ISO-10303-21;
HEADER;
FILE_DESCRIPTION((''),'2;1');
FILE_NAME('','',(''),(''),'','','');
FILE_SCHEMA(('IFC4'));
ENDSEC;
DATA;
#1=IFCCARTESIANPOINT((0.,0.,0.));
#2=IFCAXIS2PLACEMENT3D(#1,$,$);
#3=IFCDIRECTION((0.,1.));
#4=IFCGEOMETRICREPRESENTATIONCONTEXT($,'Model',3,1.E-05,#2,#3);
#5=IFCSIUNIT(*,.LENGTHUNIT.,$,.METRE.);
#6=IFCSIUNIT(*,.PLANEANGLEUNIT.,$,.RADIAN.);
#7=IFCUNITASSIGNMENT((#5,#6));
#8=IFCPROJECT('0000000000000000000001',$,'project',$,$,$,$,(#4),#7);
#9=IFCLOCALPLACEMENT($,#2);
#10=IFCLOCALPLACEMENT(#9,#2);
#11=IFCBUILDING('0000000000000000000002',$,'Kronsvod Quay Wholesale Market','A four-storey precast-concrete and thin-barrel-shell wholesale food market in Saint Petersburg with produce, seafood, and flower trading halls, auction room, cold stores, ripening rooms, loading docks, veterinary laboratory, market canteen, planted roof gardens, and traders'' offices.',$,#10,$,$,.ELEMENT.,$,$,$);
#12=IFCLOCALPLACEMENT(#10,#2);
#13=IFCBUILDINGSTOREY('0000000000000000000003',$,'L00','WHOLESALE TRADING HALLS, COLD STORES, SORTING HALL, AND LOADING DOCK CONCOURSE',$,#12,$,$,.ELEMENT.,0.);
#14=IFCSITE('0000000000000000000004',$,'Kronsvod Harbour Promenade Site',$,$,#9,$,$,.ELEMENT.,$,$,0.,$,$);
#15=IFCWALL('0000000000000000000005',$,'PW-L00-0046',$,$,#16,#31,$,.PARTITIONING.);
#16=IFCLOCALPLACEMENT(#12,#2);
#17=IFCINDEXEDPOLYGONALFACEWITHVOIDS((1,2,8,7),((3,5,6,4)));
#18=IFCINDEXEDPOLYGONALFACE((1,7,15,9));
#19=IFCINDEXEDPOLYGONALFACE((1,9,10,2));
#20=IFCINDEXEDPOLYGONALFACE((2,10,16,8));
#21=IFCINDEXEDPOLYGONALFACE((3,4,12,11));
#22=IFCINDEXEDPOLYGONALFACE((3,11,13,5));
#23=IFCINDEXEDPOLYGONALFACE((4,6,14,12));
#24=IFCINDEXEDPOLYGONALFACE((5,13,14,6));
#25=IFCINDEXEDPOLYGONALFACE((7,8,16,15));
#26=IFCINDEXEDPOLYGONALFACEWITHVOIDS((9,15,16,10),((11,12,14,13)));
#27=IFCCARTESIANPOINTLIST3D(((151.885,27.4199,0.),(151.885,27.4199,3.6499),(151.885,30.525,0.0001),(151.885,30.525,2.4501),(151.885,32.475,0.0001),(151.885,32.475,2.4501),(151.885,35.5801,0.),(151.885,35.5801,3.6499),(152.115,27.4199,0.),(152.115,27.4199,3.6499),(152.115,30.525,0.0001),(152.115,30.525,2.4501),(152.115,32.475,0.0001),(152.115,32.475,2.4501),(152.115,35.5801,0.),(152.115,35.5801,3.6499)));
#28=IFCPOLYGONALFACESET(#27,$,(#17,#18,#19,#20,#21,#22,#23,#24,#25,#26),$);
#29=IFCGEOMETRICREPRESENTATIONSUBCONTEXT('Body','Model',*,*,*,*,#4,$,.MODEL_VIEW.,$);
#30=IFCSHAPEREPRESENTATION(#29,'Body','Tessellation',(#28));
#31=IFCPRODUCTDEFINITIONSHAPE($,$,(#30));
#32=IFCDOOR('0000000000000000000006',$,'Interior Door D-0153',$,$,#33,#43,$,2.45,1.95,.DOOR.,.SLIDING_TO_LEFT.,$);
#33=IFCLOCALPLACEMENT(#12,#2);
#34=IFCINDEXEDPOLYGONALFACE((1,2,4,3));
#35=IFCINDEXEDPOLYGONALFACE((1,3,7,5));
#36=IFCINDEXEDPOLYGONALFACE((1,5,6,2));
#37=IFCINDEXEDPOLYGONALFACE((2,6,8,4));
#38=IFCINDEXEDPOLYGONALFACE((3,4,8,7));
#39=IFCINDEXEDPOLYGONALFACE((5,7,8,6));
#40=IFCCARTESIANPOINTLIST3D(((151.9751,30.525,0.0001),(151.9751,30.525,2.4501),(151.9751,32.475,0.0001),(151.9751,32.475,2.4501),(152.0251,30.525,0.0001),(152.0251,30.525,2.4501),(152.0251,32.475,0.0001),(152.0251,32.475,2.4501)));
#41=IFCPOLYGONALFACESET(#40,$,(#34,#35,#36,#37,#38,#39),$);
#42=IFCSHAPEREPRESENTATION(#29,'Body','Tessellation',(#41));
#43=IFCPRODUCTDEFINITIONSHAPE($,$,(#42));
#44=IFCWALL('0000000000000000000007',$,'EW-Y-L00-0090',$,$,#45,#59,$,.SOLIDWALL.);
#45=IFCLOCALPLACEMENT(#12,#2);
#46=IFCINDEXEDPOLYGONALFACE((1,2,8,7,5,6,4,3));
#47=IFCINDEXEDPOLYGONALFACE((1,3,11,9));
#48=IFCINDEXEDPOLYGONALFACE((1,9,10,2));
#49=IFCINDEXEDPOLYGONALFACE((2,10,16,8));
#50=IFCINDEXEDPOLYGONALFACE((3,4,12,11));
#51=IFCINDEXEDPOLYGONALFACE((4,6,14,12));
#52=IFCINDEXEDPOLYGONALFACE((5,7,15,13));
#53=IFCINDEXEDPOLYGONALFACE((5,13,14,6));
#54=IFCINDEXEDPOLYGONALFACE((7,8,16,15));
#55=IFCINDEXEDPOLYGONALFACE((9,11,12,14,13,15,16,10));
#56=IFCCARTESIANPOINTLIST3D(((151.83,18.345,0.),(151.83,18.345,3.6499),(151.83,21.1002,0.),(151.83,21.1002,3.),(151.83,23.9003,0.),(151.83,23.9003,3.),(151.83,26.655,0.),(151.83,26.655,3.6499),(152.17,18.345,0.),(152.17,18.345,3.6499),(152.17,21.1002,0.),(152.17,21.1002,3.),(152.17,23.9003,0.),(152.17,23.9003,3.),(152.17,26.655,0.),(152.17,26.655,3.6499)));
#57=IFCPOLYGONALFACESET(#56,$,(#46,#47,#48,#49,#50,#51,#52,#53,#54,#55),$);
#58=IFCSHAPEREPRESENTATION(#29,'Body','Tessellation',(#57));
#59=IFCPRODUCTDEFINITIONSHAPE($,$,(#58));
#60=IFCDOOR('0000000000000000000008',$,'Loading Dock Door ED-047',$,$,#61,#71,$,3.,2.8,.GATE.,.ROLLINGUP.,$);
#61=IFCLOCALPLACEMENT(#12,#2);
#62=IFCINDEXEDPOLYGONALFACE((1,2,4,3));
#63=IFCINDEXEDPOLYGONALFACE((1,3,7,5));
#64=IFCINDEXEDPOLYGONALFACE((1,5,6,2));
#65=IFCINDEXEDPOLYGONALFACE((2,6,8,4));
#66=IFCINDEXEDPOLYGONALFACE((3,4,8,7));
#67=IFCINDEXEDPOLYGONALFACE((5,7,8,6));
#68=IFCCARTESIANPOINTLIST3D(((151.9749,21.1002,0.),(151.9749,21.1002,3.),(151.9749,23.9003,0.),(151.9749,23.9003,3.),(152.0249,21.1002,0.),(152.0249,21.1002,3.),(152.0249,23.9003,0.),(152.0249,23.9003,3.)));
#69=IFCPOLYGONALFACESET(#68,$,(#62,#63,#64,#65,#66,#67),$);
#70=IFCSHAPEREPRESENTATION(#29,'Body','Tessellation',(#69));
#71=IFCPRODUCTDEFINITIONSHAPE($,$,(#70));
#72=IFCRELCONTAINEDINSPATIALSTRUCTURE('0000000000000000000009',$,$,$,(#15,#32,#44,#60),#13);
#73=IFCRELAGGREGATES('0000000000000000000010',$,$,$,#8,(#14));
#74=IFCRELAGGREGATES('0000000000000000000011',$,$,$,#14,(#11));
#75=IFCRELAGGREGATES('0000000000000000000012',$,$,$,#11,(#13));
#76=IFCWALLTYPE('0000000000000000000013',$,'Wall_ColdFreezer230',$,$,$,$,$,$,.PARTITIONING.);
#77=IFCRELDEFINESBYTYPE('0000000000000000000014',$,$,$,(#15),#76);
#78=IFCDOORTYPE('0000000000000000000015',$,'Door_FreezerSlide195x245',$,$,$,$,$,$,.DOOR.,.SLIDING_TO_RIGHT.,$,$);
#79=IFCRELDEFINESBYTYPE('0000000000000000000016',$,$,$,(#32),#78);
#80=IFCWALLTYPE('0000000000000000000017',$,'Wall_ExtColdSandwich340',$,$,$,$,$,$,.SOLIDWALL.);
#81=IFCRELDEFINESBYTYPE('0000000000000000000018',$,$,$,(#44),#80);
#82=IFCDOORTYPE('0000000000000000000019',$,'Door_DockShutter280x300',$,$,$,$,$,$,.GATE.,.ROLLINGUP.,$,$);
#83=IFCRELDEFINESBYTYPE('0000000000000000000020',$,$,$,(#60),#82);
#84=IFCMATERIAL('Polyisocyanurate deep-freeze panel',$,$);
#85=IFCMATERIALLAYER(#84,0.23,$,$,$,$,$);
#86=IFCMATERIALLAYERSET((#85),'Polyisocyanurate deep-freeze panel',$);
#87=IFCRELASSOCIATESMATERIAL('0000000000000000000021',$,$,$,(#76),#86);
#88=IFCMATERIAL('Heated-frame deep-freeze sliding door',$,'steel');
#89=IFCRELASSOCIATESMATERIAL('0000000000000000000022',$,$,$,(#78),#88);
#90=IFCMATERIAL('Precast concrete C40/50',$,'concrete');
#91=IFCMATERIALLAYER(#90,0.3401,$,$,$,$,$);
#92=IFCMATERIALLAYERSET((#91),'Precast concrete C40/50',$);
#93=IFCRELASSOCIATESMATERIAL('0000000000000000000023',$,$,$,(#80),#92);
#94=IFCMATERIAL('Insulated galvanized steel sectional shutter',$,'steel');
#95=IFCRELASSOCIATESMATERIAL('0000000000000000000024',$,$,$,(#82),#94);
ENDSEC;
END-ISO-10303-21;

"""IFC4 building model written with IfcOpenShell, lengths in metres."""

from ifc_helpers import new_model, si_unit, direction, frame, frame_2d, origin, place, context, subcontext, project, spatial, rectangle, extrude, material, layer, layer_set, type_object, element, fill, save


model = new_model("IFC4")

# Units and contexts
model_context = context("Model", 3, precision=1e-05, world=origin(), true_north=direction((0.0, 1.0)))
body_context = subcontext(model_context, "Body", "Model", "MODEL_VIEW")
ifc_project = project(units=[si_unit("LENGTHUNIT", "METRE"), si_unit("PLANEANGLEUNIT", "RADIAN")], contexts=[model_context])

# Site, building, storey
site_placement = place(None, origin())
site = spatial("IfcSite", under=ifc_project, at=site_placement, Name="Kronsvod Harbour Promenade Site", CompositionType="ELEMENT", RefElevation=0.0)
building_placement = place(site_placement, origin())
building = spatial("IfcBuilding", under=site, at=building_placement, Name="Kronsvod Quay Wholesale Market", Description="A four-storey precast-concrete and thin-barrel-shell wholesale food market in Saint Petersburg with produce, seafood, and flower trading halls, auction room, cold stores, ripening rooms, loading docks, veterinary laboratory, market canteen, planted roof gardens, and traders' offices.", CompositionType="ELEMENT")
storey_placement = place(building_placement, origin())
storey = spatial("IfcBuildingStorey", under=building, at=storey_placement, Name="L00", Description="WHOLESALE TRADING HALLS, COLD STORES, SORTING HALL, AND LOADING DOCK CONCOURSE", CompositionType="ELEMENT", Elevation=0.0)

# Walls, openings, doors
ifc_material_1 = material(Name="Polyisocyanurate deep-freeze panel")
ifc_layer_1 = layer(ifc_material_1, 0.23)
ifc_layer_set_1 = layer_set([ifc_layer_1], Name="Polyisocyanurate deep-freeze panel")
wall_type_1 = type_object("IfcWallType", Name="Wall_ColdFreezer230", PredefinedType="PARTITIONING", material=ifc_layer_set_1)
wall_1_placement = place(storey_placement, frame((152.0, 27.4199, 0.0), z_axis=(0.0, 0.0, 1.0), x_axis=(0.0, 1.0, 0.0)))
wall_1 = element("IfcWall", 1, at=wall_1_placement, inside=storey, type_object=wall_type_1, Name="PW-L00-0046", PredefinedType="PARTITIONING", context=body_context, shape_type="SweptSolid", body=[
    extrude(rectangle(XDim=8.1602, YDim=0.23, at=frame_2d((4.0801, 0.0))), origin(), (0.0, 0.0, 1.0), 3.6499),
])
opening_1_placement = place(wall_1_placement, frame((3.105, 0.0, 0.0)))
opening_1 = element("IfcOpeningElement", 2, at=opening_1_placement, cuts=wall_1, PredefinedType="OPENING", context=body_context, shape_type="SweptSolid", body=[
    extrude(rectangle(XDim=1.95, YDim=2.45, at=frame_2d((0.9751, 1.2251))), frame((0.0, 0.125, 0.0), z_axis=(0.0, -1.0, 0.0), x_axis=(1.0, 0.0, 0.0)), (0.0, 0.0, 1.0), 0.25),
])
ifc_material_2 = material(Name="Heated-frame deep-freeze sliding door", Category="steel")
door_type_1 = type_object("IfcDoorType", Name="Door_FreezerSlide195x245", OperationType="SLIDING_TO_RIGHT", PredefinedType="DOOR", material=ifc_material_2)
door_1_placement = place(opening_1_placement, origin())
door_1 = element("IfcDoor", 3, at=door_1_placement, inside=storey, type_object=door_type_1, Name="Interior Door D-0153", OperationType="SLIDING_TO_LEFT", OverallHeight=2.45, OverallWidth=1.95, PredefinedType="DOOR", context=body_context, shape_type="SweptSolid", body=[
    extrude(rectangle(XDim=1.95, YDim=2.45, at=frame_2d((0.9751, 1.2251))), frame((0.0, 0.0249, 0.0), z_axis=(0.0, -1.0, 0.0), x_axis=(1.0, 0.0, 0.0)), (0.0, 0.0, 1.0), 0.05),
])
fill(opening_1, door_1)
ifc_material_3 = material(Name="Precast concrete C40/50", Category="concrete")
ifc_layer_2 = layer(ifc_material_3, 0.3401)
ifc_layer_set_2 = layer_set([ifc_layer_2], Name="Precast concrete C40/50")
wall_type_2 = type_object("IfcWallType", Name="Wall_ExtColdSandwich340", PredefinedType="SOLIDWALL", material=ifc_layer_set_2)
wall_2_placement = place(storey_placement, frame((152.0, 26.655, 0.0), z_axis=(0.0, 0.0, 1.0), x_axis=(0.0, -1.0, 0.0)))
wall_2 = element("IfcWall", 4, at=wall_2_placement, inside=storey, type_object=wall_type_2, Name="EW-Y-L00-0090", PredefinedType="SOLIDWALL", context=body_context, shape_type="SweptSolid", body=[
    extrude(rectangle(XDim=8.3101, YDim=0.3401, at=frame_2d((4.155, 0.0))), origin(), (0.0, 0.0, 1.0), 3.6499),
])
opening_2_placement = place(wall_2_placement, frame((2.7549, 0.0, 0.0)))
opening_2 = element("IfcOpeningElement", 5, at=opening_2_placement, cuts=wall_2, PredefinedType="OPENING", context=body_context, shape_type="SweptSolid", body=[
    extrude(rectangle(XDim=2.8, YDim=3.0, at=frame_2d((1.3999, 1.5))), frame((0.0, 0.1802, 0.0), z_axis=(0.0, -1.0, 0.0), x_axis=(1.0, 0.0, 0.0)), (0.0, 0.0, 1.0), 0.3601),
])
ifc_material_4 = material(Name="Insulated galvanized steel sectional shutter", Category="steel")
door_type_2 = type_object("IfcDoorType", Name="Door_DockShutter280x300", OperationType="ROLLINGUP", PredefinedType="GATE", material=ifc_material_4)
door_2_placement = place(opening_2_placement, origin())
door_2 = element("IfcDoor", 6, at=door_2_placement, inside=storey, type_object=door_type_2, Name="Loading Dock Door ED-047", OperationType="ROLLINGUP", OverallHeight=3.0, OverallWidth=2.8, PredefinedType="GATE", context=body_context, shape_type="SweptSolid", body=[
    extrude(rectangle(XDim=2.8, YDim=3.0, at=frame_2d((1.3999, 1.5))), frame((0.0, 0.0249, 0.0), z_axis=(0.0, -1.0, 0.0), x_axis=(1.0, 0.0, 0.0)), (0.0, 0.0, 1.0), 0.05),
])
fill(opening_2, door_2)

save(model, "model.ifc")
